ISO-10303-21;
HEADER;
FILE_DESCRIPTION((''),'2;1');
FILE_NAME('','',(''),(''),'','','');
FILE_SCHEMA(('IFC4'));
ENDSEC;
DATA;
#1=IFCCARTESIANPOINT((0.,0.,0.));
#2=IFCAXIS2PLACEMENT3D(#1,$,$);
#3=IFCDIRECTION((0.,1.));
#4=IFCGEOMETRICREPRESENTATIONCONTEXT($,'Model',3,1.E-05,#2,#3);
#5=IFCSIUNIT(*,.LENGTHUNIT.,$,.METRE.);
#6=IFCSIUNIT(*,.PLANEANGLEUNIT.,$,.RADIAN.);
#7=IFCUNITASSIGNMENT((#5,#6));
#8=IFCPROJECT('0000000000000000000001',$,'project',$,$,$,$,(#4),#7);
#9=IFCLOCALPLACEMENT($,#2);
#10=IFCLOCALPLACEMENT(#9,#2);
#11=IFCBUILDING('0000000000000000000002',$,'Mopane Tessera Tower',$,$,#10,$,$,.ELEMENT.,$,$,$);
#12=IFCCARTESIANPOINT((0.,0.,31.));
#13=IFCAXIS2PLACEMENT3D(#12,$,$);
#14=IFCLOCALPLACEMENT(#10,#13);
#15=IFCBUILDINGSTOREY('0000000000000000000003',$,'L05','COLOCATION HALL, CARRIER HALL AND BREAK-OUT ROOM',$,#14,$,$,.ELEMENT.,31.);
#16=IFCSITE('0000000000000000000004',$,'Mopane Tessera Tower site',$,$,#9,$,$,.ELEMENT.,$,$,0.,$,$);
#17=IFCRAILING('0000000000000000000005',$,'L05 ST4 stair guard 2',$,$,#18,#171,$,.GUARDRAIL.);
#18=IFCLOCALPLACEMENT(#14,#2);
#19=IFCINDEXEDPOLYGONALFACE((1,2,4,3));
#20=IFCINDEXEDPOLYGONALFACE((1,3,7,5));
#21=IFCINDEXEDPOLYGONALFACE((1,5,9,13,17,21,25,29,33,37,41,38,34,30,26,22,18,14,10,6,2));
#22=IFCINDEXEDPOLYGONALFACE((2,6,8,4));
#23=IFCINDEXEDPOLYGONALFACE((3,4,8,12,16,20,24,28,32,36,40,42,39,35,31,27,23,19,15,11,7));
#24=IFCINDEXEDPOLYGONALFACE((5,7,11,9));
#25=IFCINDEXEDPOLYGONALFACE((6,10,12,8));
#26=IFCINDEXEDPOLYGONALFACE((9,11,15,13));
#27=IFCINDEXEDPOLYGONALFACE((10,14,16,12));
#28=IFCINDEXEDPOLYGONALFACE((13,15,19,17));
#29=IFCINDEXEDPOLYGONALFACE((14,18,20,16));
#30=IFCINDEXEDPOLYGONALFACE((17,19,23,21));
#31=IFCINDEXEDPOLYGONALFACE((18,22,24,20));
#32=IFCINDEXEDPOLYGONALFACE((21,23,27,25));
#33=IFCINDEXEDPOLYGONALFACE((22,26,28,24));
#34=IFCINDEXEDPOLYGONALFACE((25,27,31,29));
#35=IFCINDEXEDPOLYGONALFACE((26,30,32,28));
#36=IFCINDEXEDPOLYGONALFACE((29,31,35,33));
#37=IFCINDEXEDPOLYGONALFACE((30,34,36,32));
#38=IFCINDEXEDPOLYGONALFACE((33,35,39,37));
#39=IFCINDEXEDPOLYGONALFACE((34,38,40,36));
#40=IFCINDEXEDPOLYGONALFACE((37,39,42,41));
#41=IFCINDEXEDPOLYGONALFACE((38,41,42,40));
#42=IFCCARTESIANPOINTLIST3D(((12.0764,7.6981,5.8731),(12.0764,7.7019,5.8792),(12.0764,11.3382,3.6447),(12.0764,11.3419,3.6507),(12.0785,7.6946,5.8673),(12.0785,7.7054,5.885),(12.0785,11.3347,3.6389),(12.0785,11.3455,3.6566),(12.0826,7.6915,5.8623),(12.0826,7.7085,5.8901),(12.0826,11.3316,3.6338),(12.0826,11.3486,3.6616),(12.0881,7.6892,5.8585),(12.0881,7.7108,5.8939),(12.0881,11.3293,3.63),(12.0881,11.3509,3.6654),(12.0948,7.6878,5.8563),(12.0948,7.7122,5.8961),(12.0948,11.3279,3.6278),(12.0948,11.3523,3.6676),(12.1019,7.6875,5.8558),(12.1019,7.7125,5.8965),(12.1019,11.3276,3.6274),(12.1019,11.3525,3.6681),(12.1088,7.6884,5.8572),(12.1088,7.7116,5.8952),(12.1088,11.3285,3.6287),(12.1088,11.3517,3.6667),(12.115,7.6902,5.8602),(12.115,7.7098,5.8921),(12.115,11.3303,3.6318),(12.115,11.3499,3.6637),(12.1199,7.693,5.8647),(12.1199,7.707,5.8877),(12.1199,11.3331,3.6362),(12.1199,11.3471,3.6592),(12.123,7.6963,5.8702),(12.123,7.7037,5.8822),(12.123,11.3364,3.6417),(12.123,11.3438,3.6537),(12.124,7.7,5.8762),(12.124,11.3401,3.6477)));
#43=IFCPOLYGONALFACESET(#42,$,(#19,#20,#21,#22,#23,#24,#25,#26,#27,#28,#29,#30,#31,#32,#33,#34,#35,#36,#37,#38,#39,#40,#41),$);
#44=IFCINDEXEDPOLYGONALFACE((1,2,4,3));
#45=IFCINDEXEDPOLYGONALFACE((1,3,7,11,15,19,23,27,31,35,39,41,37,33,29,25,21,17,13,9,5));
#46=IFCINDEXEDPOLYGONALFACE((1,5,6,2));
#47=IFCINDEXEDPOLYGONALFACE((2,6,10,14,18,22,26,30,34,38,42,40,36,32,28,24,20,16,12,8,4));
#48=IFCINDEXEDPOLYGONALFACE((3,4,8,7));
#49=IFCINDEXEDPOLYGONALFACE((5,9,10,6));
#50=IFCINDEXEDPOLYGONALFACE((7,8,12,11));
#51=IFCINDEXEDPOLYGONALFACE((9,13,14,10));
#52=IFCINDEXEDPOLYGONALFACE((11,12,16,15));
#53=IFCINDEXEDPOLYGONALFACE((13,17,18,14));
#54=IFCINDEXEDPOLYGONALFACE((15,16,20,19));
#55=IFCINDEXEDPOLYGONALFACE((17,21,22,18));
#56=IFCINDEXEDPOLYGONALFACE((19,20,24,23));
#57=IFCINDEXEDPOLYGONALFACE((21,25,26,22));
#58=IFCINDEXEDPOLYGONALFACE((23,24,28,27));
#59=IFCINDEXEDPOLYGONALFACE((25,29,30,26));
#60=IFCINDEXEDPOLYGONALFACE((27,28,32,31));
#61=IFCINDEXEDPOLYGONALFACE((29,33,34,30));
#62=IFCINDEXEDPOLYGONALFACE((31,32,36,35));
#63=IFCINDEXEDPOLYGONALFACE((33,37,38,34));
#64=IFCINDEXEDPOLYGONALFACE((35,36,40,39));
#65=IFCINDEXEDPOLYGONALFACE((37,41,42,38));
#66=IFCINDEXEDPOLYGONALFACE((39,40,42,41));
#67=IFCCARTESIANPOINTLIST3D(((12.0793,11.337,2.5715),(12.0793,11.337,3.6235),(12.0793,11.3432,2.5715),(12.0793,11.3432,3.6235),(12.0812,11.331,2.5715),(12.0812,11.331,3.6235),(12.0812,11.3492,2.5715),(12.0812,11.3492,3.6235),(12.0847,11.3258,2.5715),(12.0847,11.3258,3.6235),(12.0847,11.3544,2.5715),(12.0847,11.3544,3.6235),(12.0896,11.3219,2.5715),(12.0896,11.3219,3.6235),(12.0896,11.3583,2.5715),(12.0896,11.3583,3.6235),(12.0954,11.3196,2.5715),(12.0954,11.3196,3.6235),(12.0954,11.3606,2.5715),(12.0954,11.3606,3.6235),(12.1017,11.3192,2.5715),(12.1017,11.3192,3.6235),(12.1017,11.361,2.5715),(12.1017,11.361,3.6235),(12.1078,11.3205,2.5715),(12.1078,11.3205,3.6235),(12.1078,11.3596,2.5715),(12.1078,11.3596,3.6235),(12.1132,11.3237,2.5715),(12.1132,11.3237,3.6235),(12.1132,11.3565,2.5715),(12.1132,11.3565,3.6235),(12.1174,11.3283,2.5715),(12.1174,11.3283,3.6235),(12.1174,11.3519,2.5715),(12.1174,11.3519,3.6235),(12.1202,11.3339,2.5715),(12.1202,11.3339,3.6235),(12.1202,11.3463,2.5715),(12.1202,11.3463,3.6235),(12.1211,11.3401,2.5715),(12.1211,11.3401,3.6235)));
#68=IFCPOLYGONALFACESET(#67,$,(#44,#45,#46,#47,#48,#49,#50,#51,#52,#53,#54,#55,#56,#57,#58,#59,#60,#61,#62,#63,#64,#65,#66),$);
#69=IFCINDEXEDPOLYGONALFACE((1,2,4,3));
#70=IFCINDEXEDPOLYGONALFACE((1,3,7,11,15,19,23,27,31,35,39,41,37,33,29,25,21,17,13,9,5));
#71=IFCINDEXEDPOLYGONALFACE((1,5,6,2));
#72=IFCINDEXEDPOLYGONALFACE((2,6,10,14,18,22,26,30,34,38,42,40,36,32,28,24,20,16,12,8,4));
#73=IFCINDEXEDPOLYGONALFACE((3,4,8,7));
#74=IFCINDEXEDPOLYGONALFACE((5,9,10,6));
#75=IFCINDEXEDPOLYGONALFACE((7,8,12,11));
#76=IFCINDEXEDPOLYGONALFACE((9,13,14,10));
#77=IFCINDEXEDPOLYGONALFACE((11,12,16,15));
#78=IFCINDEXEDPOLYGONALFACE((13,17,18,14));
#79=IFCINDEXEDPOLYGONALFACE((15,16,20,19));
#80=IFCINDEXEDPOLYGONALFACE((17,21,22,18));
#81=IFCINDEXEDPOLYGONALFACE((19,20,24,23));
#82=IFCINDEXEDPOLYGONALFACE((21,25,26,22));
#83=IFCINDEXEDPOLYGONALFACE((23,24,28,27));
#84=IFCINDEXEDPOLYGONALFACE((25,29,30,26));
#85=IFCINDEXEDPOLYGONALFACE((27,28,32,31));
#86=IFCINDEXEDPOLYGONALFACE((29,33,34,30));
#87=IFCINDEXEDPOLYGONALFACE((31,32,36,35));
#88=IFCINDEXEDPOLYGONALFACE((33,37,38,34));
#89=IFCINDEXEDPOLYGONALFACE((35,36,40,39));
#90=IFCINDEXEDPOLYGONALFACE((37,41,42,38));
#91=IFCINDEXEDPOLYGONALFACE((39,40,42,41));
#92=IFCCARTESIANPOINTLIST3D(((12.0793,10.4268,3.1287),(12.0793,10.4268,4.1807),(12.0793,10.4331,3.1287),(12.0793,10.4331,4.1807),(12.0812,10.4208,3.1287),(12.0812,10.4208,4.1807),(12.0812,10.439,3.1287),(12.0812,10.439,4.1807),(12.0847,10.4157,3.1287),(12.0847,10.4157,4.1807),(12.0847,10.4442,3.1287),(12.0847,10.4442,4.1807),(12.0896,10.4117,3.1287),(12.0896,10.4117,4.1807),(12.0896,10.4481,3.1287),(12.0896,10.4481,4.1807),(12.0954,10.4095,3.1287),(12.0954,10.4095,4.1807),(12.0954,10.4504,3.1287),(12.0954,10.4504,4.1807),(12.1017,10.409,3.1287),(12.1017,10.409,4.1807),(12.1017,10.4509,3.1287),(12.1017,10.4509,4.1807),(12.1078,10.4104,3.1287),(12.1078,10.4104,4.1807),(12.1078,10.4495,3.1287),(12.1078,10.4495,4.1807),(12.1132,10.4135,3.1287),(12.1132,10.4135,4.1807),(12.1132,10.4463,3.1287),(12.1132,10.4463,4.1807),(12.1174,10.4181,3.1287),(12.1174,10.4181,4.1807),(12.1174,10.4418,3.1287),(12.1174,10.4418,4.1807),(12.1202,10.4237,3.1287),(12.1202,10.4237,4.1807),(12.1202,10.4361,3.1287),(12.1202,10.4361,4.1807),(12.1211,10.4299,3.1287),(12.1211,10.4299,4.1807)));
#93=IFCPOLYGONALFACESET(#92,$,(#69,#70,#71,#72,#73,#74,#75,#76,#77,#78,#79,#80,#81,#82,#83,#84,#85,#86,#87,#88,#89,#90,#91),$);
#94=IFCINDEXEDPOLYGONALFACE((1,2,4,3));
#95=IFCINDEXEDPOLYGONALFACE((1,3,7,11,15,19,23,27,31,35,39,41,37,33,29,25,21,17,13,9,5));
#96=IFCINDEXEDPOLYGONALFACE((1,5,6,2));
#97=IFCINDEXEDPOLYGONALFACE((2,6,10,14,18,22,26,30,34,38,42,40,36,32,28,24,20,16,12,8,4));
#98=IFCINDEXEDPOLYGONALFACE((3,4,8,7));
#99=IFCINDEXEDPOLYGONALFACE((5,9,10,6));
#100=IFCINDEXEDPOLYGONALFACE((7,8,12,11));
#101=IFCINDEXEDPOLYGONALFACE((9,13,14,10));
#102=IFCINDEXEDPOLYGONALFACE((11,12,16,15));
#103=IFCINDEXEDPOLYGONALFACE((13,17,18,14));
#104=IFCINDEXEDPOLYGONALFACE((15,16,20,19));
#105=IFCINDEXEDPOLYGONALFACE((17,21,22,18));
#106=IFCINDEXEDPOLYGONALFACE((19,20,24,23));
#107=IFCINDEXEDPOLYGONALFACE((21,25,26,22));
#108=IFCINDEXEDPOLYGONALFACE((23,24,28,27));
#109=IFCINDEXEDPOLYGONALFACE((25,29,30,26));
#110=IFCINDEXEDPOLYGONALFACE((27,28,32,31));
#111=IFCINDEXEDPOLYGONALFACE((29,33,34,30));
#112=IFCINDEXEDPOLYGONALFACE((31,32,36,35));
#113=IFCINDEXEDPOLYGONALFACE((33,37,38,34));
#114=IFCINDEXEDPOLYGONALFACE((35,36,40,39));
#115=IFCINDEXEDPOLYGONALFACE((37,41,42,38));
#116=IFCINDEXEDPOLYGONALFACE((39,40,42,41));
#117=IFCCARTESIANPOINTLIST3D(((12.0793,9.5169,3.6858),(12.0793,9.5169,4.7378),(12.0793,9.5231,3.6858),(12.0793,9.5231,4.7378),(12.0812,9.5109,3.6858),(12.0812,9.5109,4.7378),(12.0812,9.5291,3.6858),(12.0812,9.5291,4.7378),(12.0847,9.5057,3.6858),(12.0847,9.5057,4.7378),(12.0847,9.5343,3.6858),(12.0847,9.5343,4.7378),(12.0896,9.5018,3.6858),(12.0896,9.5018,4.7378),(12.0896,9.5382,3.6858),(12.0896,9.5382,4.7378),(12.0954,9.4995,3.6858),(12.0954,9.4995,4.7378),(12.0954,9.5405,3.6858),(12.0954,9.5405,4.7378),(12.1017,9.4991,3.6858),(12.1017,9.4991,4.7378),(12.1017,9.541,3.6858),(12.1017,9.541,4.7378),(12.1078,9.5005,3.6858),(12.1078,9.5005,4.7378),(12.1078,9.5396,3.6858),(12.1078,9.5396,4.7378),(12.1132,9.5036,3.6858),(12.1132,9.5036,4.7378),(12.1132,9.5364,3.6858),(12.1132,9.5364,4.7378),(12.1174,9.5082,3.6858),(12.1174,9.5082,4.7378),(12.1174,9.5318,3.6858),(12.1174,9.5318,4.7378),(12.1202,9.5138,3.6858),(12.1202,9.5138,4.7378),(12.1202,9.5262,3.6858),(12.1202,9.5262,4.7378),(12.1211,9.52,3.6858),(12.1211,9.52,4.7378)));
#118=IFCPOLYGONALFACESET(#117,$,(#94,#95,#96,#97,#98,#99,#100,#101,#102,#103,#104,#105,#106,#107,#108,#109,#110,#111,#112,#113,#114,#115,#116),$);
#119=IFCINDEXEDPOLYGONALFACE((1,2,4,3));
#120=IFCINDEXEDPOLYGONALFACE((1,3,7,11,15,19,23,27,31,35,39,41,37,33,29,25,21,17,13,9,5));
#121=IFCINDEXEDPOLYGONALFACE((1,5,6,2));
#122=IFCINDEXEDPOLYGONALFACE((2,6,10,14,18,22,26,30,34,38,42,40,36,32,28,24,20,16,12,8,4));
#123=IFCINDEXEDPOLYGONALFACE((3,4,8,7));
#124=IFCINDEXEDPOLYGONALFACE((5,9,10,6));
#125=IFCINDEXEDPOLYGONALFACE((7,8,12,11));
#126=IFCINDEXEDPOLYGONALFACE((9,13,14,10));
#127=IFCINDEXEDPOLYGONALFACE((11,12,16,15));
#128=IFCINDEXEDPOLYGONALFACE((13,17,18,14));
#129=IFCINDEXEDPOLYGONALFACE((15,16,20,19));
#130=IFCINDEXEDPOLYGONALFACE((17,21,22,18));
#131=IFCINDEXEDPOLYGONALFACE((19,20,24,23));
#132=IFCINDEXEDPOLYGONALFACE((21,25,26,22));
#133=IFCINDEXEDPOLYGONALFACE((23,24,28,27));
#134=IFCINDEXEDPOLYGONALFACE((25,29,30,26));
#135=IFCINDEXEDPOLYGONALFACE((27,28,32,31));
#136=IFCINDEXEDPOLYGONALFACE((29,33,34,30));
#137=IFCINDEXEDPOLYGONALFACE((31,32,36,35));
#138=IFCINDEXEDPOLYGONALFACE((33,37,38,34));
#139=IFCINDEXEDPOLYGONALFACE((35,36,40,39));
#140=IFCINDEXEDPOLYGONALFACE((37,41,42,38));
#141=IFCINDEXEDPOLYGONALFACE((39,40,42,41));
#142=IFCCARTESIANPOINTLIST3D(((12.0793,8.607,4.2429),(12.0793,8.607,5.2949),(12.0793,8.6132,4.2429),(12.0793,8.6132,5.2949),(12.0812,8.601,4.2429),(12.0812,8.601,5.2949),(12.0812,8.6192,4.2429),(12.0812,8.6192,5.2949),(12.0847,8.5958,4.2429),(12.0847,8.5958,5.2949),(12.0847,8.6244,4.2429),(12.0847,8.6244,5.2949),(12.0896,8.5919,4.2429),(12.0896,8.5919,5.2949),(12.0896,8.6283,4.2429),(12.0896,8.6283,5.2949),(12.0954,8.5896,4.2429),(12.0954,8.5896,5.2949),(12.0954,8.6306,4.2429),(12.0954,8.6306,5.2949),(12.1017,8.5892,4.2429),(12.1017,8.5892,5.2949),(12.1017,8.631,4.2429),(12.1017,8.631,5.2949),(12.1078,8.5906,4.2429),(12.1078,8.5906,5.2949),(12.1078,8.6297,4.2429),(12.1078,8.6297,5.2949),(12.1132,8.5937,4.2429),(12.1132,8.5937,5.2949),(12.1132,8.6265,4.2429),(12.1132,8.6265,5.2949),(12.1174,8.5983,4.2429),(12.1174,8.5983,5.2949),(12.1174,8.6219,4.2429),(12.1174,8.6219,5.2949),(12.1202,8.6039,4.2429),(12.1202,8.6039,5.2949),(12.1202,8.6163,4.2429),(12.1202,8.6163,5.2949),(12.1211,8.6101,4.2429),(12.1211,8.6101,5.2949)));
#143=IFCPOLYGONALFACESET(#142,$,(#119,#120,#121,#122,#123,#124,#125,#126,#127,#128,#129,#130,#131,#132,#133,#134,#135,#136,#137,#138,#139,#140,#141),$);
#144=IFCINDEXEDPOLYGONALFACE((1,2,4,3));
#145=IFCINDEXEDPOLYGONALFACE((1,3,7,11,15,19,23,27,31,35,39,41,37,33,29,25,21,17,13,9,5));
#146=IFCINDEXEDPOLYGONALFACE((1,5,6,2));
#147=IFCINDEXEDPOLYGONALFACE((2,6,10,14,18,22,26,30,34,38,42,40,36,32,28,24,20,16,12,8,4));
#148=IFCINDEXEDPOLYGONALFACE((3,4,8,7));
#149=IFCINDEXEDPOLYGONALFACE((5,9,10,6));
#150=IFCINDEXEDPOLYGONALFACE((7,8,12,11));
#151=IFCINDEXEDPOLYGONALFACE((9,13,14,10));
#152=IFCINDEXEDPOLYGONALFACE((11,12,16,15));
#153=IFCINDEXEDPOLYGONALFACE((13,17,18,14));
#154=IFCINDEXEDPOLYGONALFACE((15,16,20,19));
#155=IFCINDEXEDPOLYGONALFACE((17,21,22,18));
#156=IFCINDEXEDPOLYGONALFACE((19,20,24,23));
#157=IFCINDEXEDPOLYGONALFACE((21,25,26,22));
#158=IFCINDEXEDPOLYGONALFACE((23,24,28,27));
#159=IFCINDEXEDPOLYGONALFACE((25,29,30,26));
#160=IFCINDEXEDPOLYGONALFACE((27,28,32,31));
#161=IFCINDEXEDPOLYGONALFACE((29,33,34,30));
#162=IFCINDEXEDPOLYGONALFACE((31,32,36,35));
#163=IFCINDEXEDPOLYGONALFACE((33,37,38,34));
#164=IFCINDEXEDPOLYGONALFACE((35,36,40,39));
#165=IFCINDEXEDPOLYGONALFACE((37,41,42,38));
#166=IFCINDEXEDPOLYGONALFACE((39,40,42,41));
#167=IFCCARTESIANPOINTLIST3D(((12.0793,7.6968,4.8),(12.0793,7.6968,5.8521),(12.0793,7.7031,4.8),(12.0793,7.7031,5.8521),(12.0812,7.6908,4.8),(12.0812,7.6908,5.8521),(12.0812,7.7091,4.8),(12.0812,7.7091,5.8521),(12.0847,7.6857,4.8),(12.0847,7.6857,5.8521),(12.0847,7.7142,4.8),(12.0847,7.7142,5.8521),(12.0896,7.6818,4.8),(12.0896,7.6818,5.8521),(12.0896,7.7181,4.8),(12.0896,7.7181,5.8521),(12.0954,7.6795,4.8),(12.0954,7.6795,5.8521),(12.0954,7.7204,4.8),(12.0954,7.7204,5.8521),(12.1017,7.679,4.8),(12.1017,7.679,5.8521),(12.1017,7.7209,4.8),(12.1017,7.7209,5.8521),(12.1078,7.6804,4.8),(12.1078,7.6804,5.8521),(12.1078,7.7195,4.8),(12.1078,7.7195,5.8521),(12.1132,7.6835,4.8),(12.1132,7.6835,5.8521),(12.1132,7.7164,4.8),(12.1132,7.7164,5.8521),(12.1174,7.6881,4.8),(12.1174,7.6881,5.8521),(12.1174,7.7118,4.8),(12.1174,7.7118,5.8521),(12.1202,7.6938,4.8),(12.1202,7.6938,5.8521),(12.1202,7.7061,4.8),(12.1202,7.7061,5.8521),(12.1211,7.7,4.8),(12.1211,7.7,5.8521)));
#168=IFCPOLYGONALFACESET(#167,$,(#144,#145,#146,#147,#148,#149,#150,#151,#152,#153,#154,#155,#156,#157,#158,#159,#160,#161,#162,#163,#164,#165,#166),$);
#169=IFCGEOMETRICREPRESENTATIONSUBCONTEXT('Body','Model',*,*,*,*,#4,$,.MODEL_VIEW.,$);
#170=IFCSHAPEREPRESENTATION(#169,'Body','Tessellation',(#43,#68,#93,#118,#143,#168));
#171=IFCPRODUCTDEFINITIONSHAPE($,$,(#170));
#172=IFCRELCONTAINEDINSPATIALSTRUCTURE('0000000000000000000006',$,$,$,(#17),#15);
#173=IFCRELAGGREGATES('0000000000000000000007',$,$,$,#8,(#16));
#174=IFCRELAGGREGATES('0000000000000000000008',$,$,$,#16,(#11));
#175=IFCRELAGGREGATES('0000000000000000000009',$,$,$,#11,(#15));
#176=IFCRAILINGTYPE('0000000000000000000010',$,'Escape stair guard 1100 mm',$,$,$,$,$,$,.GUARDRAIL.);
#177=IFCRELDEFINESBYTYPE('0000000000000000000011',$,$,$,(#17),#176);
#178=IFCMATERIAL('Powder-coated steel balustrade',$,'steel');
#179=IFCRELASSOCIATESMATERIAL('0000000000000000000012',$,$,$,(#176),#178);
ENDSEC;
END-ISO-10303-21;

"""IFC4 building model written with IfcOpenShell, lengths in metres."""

from ifc_helpers import new_model, si_unit, direction, frame, origin, origin_2d, place, context, subcontext, project, spatial, circle, extrude, material, type_object, element, save


model = new_model("IFC4")

# Units and contexts
model_context = context("Model", 3, precision=1e-05, world=origin(), true_north=direction((0.0, 1.0)))
body_context = subcontext(model_context, "Body", "Model", "MODEL_VIEW")
ifc_project = project(units=[si_unit("LENGTHUNIT", "METRE"), si_unit("PLANEANGLEUNIT", "RADIAN")], contexts=[model_context])

# Site, building, storey
site_placement = place(None, origin())
site = spatial("IfcSite", under=ifc_project, at=site_placement, Name="Mopane Tessera Tower site", CompositionType="ELEMENT", RefElevation=0.0)
building_placement = place(site_placement, origin())
building = spatial("IfcBuilding", under=site, at=building_placement, Name="Mopane Tessera Tower", CompositionType="ELEMENT")
storey_placement = place(building_placement, frame((0.0, 0.0, 31.0)))
storey = spatial("IfcBuildingStorey", under=building, at=storey_placement, Name="L05", Description="COLOCATION HALL, CARRIER HALL AND BREAK-OUT ROOM", CompositionType="ELEMENT", Elevation=31.0)

# Railing
ifc_material_1 = material(Name="Powder-coated steel balustrade", Category="steel")
railing_type_1 = type_object("IfcRailingType", Name="Escape stair guard 1100 mm", PredefinedType="GUARDRAIL", material=ifc_material_1)
railing_1_placement = place(storey_placement, frame((12.1001, 11.3401, 2.5715)))
element("IfcRailing", 1, at=railing_1_placement, inside=storey, type_object=railing_type_1, Name="L05 ST4 stair guard 2", PredefinedType="GUARDRAIL", context=body_context, shape_type="SweptSolid", body=[
    extrude(circle(Radius=0.0239, at=origin_2d()), frame((0.0, 0.0, 1.0762), z_axis=(0.0, -0.852866, 0.52213), x_axis=(1.0, 0.0, 0.0)), (0.0, 0.0, 1.0), 4.2681),
    extrude(circle(Radius=0.021, at=origin_2d()), origin(), (0.0, 0.0, 1.0), 1.052),
    extrude(circle(Radius=0.021, at=origin_2d()), frame((0.0, -0.9102, 0.5571)), (0.0, 0.0, 1.0), 1.052),
    extrude(circle(Radius=0.021, at=origin_2d()), frame((0.0, -1.8201, 1.1143)), (0.0, 0.0, 1.0), 1.052),
    extrude(circle(Radius=0.021, at=origin_2d()), frame((0.0, -2.73, 1.6714)), (0.0, 0.0, 1.0), 1.052),
    extrude(circle(Radius=0.021, at=origin_2d()), frame((0.0, -3.6401, 2.2285)), (0.0, 0.0, 1.0), 1.052),
])

save(model, "model.ifc")
